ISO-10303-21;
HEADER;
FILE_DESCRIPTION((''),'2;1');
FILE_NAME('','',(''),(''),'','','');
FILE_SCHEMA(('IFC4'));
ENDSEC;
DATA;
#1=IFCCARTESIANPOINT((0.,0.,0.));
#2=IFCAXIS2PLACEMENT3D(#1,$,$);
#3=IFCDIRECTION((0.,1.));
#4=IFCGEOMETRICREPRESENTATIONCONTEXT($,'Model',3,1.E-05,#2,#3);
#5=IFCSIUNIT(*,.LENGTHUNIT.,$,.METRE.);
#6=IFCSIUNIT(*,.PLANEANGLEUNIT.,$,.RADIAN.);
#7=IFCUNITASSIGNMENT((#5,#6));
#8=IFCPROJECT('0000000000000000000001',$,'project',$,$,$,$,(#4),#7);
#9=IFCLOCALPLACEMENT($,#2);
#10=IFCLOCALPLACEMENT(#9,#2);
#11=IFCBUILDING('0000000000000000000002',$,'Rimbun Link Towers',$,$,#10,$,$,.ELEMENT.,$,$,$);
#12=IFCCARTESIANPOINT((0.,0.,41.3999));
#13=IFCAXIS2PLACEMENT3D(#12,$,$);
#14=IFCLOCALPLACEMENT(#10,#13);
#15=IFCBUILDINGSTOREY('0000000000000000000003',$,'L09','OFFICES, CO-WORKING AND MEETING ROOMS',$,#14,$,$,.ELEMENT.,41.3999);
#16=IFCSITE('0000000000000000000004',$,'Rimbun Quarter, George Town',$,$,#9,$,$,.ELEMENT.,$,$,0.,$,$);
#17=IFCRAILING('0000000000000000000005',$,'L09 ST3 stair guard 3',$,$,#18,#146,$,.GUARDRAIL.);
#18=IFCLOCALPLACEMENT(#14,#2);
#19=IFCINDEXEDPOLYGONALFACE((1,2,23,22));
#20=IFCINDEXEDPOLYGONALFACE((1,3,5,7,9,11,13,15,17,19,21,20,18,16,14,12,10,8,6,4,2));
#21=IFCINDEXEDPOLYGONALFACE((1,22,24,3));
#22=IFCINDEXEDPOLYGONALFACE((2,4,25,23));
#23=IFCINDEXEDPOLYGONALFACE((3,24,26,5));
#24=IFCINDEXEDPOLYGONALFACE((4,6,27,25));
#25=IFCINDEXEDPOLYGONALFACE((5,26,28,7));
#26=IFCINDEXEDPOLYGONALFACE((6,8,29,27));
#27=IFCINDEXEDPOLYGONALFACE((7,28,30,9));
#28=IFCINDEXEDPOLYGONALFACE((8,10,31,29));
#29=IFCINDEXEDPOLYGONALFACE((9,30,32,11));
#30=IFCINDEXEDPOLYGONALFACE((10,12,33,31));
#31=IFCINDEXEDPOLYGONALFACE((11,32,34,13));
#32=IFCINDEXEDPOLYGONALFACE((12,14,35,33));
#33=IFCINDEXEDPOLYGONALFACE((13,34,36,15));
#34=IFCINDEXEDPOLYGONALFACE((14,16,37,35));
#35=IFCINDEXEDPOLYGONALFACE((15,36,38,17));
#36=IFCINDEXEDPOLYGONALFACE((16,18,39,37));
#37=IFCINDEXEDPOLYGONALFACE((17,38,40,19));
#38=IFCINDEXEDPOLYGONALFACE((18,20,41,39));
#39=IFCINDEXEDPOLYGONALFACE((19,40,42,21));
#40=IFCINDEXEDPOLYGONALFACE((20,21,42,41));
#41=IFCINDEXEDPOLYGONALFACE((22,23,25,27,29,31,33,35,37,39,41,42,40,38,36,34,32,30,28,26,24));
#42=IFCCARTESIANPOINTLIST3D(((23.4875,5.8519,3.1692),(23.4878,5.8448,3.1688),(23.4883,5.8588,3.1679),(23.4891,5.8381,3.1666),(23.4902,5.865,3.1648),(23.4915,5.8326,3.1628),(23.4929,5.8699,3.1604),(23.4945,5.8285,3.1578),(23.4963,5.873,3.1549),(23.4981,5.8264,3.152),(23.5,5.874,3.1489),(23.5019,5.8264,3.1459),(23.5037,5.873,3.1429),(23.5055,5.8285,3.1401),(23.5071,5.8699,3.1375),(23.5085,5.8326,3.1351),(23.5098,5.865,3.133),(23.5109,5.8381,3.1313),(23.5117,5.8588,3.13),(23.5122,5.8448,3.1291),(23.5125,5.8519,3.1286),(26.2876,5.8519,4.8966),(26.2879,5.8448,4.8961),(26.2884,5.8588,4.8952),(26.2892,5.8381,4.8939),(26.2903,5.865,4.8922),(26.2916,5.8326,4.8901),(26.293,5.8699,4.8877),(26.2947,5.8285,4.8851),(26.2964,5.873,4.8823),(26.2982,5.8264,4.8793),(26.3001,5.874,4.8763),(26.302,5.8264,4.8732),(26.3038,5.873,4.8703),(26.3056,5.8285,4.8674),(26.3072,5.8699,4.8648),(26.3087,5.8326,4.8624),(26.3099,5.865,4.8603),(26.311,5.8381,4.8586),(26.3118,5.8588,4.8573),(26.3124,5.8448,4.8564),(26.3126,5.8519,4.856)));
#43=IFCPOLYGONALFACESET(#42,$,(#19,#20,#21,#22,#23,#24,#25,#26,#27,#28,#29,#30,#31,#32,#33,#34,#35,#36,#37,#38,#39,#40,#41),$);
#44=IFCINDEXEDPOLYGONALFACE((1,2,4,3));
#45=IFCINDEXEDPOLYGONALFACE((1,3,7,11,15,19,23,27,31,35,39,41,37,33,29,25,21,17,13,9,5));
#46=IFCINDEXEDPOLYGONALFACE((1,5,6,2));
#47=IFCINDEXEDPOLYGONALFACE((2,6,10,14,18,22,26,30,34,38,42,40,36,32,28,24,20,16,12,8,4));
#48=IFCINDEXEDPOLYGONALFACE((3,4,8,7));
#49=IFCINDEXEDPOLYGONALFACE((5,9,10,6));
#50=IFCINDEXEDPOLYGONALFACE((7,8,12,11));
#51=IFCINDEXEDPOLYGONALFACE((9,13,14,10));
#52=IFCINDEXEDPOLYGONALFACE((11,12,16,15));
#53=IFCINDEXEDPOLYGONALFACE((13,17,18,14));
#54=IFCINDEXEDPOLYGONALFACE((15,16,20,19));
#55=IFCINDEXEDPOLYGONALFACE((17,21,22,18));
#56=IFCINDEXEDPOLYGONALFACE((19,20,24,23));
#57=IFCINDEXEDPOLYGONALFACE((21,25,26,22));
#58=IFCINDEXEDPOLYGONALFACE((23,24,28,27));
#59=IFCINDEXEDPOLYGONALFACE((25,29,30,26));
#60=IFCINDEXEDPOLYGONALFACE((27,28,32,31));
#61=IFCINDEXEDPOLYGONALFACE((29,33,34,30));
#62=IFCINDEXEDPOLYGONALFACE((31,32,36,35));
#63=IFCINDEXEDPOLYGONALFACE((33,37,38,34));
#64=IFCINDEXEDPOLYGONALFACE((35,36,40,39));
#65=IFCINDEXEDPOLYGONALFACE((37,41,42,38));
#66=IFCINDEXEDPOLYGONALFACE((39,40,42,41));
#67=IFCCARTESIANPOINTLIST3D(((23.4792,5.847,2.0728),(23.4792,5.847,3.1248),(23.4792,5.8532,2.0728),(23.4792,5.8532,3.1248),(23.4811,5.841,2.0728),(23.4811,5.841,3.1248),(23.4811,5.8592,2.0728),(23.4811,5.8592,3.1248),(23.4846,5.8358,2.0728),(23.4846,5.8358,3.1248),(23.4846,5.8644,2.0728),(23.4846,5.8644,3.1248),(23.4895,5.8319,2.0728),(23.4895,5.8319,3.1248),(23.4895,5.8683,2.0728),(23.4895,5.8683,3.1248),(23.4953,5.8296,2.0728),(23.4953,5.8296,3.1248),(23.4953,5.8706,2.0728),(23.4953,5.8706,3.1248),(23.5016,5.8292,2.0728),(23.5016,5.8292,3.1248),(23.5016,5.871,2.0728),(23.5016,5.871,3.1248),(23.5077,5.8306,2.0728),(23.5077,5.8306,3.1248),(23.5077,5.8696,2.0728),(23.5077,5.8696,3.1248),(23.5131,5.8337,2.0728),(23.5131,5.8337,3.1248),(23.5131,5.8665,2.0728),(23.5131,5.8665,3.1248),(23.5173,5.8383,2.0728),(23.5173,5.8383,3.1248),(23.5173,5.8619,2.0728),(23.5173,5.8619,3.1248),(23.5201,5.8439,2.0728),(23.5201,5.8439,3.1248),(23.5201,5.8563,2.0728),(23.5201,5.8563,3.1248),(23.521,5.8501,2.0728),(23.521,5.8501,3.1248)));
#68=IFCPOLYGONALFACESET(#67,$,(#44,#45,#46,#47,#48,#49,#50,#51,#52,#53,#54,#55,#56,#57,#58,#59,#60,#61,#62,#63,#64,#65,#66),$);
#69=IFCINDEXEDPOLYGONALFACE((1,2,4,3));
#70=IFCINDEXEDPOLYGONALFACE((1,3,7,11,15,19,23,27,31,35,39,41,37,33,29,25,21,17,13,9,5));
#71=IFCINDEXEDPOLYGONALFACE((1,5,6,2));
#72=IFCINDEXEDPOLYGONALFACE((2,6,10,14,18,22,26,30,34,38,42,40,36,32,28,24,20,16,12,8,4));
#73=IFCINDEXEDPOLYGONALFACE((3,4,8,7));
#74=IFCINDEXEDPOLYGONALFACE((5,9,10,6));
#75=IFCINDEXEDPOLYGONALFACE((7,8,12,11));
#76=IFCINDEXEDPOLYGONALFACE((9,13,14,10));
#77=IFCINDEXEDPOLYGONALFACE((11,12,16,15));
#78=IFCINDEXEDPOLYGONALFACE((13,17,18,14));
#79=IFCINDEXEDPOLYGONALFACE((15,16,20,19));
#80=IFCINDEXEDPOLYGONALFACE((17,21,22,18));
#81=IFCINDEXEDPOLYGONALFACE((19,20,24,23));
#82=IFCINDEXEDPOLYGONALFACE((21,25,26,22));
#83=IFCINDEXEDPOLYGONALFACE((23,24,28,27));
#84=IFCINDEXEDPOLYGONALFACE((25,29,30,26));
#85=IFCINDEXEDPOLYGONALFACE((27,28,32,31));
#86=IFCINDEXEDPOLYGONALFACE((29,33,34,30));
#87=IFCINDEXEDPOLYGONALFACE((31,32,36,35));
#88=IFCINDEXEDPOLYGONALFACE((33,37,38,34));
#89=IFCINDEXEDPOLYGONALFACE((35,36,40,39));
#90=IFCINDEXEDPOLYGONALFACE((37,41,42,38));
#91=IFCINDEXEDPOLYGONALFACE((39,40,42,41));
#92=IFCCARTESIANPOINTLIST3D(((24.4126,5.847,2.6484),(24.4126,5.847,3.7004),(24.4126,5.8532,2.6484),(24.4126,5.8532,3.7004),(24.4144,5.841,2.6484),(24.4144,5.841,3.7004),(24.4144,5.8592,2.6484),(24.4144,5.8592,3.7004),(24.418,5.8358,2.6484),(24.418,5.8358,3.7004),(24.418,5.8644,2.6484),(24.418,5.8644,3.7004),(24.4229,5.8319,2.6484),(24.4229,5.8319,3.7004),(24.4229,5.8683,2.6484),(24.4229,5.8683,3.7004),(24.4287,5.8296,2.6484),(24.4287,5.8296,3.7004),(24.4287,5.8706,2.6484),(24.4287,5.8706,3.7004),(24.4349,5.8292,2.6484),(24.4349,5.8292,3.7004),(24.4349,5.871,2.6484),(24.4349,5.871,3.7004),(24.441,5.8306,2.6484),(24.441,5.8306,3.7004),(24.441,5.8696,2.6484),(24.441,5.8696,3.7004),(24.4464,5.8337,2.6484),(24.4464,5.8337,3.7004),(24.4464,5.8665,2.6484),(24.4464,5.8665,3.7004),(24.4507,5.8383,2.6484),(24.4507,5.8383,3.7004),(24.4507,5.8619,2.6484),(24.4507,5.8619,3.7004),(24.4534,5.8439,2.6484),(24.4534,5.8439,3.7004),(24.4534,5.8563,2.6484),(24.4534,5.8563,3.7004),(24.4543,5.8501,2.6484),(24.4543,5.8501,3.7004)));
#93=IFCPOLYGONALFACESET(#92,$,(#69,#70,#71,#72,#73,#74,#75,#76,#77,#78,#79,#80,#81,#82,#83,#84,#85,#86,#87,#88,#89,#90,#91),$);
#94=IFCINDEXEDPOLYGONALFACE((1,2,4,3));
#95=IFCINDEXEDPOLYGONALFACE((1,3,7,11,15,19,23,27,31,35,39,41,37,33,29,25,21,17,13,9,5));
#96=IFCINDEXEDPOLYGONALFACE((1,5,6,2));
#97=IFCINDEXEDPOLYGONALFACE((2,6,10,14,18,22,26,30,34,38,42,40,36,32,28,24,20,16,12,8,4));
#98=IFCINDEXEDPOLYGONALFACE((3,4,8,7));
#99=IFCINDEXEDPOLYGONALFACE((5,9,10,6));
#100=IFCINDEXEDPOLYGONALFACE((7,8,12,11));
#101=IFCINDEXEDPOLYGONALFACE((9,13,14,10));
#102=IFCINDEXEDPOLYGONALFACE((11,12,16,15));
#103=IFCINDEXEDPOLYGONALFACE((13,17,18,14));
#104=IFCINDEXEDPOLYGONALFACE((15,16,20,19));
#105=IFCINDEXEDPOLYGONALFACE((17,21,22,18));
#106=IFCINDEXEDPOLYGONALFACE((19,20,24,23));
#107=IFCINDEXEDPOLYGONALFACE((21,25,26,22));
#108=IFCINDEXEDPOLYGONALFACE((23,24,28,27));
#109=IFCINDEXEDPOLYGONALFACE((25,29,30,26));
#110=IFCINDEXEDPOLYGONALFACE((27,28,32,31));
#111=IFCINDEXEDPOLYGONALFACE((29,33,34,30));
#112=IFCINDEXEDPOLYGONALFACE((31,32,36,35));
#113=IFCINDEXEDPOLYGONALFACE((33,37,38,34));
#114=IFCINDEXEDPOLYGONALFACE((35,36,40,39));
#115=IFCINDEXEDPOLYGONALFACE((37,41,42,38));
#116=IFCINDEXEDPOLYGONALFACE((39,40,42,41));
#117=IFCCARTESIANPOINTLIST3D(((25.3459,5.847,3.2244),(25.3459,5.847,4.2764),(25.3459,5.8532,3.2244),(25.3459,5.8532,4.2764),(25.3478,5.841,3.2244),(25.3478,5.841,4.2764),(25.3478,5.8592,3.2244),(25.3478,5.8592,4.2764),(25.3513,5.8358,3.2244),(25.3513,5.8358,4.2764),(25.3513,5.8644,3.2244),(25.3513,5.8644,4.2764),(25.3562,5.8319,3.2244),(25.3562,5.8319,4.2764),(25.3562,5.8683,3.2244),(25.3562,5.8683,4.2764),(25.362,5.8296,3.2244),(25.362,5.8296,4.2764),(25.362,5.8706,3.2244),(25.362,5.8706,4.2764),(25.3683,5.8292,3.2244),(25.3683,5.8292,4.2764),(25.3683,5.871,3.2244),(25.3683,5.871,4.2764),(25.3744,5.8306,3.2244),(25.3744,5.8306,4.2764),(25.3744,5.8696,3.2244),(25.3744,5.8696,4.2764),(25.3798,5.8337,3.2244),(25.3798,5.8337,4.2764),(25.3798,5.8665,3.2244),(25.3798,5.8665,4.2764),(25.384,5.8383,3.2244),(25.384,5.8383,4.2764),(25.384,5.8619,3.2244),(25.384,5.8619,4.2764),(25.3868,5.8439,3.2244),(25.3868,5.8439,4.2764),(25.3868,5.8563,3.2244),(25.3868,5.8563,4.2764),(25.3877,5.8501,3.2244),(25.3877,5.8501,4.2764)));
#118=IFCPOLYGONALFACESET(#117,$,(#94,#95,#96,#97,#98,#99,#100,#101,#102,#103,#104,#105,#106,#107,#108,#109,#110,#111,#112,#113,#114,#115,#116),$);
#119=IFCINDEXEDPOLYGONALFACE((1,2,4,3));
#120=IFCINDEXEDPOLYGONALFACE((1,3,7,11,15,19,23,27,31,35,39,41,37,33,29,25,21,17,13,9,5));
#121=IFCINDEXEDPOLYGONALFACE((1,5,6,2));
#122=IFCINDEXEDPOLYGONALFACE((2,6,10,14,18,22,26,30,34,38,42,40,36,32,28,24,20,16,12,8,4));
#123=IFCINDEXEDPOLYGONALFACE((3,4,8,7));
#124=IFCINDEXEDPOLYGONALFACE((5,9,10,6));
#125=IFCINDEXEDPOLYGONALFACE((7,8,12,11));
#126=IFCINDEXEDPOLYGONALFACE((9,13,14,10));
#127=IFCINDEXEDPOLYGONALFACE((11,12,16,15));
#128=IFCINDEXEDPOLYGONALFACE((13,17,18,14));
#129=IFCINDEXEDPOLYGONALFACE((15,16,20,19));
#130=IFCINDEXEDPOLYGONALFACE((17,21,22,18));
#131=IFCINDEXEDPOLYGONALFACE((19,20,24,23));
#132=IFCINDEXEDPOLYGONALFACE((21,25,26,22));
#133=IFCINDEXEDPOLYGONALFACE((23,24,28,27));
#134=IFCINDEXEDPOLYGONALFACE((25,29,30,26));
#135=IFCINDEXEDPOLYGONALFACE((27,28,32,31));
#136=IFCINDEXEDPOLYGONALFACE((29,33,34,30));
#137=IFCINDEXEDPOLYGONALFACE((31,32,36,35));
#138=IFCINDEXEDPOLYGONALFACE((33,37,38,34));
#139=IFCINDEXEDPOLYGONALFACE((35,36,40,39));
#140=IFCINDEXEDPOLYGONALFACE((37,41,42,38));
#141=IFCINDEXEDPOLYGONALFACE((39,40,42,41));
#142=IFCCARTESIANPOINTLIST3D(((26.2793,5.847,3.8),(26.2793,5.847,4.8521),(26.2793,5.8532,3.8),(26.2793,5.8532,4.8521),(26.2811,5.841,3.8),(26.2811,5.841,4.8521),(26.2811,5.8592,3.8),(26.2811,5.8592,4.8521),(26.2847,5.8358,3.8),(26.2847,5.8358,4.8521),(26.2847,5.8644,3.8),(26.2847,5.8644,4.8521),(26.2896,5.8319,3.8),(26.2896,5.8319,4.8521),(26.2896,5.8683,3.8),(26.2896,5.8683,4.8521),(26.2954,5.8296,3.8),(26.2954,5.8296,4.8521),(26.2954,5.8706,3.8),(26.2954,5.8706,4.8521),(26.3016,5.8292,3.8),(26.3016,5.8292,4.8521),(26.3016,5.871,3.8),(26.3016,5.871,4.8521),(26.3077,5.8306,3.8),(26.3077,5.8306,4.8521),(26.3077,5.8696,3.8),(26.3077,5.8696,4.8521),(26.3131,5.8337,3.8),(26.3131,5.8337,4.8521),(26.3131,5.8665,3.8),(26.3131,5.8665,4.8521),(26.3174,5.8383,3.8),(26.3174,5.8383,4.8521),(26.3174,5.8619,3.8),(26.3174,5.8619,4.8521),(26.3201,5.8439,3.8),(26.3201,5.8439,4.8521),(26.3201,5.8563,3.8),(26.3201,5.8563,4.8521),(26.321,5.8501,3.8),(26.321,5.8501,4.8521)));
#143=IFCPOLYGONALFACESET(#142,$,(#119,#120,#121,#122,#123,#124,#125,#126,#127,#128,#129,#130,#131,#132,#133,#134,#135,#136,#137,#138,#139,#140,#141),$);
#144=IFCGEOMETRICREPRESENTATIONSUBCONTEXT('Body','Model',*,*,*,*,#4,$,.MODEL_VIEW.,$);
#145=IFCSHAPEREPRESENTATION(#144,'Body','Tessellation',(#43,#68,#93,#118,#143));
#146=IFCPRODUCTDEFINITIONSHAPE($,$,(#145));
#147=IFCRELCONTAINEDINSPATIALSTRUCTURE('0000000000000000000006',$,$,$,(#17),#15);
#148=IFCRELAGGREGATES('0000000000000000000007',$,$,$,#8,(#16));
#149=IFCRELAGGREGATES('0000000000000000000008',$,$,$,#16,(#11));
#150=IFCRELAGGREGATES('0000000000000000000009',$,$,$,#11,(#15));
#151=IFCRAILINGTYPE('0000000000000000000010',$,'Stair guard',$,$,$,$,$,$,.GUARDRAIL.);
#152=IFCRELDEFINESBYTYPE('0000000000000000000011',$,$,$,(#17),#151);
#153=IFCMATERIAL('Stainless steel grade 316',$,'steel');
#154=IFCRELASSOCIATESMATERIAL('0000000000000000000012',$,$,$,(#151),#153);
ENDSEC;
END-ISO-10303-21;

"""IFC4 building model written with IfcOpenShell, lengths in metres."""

from ifc_helpers import new_model, si_unit, direction, frame, origin, origin_2d, place, context, subcontext, project, spatial, circle, extrude, material, type_object, element, save


model = new_model("IFC4")

# Units and contexts
model_context = context("Model", 3, precision=1e-05, world=origin(), true_north=direction((0.0, 1.0)))
body_context = subcontext(model_context, "Body", "Model", "MODEL_VIEW")
ifc_project = project(units=[si_unit("LENGTHUNIT", "METRE"), si_unit("PLANEANGLEUNIT", "RADIAN")], contexts=[model_context])

# Site, building, storey
site_placement = place(None, origin())
site = spatial("IfcSite", under=ifc_project, at=site_placement, Name="Rimbun Quarter, George Town", CompositionType="ELEMENT", RefElevation=0.0)
building_placement = place(site_placement, origin())
building = spatial("IfcBuilding", under=site, at=building_placement, Name="Rimbun Link Towers", CompositionType="ELEMENT")
storey_placement = place(building_placement, frame((0.0, 0.0, 41.3999)))
storey = spatial("IfcBuildingStorey", under=building, at=storey_placement, Name="L09", Description="OFFICES, CO-WORKING AND MEETING ROOMS", CompositionType="ELEMENT", Elevation=41.3999)

# Railing
ifc_material_1 = material(Name="Stainless steel grade 316", Category="steel")
railing_type_1 = type_object("IfcRailingType", Name="Stair guard", PredefinedType="GUARDRAIL", material=ifc_material_1)
railing_1_placement = place(storey_placement, frame((23.5, 5.8501, 2.0728)))
element("IfcRailing", 1, at=railing_1_placement, inside=storey, type_object=railing_type_1, Name="L09 ST3 stair guard 3", PredefinedType="GUARDRAIL", context=body_context, shape_type="SweptSolid", body=[
    extrude(circle(Radius=0.0239, at=origin_2d()), frame((0.0, 0.0, 1.0762), z_axis=(0.85109, 0.0, 0.52502), x_axis=(0.0, 1.0, 0.0)), (0.0, 0.0, 1.0), 3.29),
    extrude(circle(Radius=0.021, at=origin_2d()), origin(), (0.0, 0.0, 1.0), 1.052),
    extrude(circle(Radius=0.021, at=origin_2d()), frame((0.9333, 0.0, 0.5757)), (0.0, 0.0, 1.0), 1.052),
    extrude(circle(Radius=0.021, at=origin_2d()), frame((1.8667, 0.0, 1.1516)), (0.0, 0.0, 1.0), 1.052),
    extrude(circle(Radius=0.021, at=origin_2d()), frame((2.8, 0.0, 1.7273)), (0.0, 0.0, 1.0), 1.052),
])

save(model, "model.ifc")
